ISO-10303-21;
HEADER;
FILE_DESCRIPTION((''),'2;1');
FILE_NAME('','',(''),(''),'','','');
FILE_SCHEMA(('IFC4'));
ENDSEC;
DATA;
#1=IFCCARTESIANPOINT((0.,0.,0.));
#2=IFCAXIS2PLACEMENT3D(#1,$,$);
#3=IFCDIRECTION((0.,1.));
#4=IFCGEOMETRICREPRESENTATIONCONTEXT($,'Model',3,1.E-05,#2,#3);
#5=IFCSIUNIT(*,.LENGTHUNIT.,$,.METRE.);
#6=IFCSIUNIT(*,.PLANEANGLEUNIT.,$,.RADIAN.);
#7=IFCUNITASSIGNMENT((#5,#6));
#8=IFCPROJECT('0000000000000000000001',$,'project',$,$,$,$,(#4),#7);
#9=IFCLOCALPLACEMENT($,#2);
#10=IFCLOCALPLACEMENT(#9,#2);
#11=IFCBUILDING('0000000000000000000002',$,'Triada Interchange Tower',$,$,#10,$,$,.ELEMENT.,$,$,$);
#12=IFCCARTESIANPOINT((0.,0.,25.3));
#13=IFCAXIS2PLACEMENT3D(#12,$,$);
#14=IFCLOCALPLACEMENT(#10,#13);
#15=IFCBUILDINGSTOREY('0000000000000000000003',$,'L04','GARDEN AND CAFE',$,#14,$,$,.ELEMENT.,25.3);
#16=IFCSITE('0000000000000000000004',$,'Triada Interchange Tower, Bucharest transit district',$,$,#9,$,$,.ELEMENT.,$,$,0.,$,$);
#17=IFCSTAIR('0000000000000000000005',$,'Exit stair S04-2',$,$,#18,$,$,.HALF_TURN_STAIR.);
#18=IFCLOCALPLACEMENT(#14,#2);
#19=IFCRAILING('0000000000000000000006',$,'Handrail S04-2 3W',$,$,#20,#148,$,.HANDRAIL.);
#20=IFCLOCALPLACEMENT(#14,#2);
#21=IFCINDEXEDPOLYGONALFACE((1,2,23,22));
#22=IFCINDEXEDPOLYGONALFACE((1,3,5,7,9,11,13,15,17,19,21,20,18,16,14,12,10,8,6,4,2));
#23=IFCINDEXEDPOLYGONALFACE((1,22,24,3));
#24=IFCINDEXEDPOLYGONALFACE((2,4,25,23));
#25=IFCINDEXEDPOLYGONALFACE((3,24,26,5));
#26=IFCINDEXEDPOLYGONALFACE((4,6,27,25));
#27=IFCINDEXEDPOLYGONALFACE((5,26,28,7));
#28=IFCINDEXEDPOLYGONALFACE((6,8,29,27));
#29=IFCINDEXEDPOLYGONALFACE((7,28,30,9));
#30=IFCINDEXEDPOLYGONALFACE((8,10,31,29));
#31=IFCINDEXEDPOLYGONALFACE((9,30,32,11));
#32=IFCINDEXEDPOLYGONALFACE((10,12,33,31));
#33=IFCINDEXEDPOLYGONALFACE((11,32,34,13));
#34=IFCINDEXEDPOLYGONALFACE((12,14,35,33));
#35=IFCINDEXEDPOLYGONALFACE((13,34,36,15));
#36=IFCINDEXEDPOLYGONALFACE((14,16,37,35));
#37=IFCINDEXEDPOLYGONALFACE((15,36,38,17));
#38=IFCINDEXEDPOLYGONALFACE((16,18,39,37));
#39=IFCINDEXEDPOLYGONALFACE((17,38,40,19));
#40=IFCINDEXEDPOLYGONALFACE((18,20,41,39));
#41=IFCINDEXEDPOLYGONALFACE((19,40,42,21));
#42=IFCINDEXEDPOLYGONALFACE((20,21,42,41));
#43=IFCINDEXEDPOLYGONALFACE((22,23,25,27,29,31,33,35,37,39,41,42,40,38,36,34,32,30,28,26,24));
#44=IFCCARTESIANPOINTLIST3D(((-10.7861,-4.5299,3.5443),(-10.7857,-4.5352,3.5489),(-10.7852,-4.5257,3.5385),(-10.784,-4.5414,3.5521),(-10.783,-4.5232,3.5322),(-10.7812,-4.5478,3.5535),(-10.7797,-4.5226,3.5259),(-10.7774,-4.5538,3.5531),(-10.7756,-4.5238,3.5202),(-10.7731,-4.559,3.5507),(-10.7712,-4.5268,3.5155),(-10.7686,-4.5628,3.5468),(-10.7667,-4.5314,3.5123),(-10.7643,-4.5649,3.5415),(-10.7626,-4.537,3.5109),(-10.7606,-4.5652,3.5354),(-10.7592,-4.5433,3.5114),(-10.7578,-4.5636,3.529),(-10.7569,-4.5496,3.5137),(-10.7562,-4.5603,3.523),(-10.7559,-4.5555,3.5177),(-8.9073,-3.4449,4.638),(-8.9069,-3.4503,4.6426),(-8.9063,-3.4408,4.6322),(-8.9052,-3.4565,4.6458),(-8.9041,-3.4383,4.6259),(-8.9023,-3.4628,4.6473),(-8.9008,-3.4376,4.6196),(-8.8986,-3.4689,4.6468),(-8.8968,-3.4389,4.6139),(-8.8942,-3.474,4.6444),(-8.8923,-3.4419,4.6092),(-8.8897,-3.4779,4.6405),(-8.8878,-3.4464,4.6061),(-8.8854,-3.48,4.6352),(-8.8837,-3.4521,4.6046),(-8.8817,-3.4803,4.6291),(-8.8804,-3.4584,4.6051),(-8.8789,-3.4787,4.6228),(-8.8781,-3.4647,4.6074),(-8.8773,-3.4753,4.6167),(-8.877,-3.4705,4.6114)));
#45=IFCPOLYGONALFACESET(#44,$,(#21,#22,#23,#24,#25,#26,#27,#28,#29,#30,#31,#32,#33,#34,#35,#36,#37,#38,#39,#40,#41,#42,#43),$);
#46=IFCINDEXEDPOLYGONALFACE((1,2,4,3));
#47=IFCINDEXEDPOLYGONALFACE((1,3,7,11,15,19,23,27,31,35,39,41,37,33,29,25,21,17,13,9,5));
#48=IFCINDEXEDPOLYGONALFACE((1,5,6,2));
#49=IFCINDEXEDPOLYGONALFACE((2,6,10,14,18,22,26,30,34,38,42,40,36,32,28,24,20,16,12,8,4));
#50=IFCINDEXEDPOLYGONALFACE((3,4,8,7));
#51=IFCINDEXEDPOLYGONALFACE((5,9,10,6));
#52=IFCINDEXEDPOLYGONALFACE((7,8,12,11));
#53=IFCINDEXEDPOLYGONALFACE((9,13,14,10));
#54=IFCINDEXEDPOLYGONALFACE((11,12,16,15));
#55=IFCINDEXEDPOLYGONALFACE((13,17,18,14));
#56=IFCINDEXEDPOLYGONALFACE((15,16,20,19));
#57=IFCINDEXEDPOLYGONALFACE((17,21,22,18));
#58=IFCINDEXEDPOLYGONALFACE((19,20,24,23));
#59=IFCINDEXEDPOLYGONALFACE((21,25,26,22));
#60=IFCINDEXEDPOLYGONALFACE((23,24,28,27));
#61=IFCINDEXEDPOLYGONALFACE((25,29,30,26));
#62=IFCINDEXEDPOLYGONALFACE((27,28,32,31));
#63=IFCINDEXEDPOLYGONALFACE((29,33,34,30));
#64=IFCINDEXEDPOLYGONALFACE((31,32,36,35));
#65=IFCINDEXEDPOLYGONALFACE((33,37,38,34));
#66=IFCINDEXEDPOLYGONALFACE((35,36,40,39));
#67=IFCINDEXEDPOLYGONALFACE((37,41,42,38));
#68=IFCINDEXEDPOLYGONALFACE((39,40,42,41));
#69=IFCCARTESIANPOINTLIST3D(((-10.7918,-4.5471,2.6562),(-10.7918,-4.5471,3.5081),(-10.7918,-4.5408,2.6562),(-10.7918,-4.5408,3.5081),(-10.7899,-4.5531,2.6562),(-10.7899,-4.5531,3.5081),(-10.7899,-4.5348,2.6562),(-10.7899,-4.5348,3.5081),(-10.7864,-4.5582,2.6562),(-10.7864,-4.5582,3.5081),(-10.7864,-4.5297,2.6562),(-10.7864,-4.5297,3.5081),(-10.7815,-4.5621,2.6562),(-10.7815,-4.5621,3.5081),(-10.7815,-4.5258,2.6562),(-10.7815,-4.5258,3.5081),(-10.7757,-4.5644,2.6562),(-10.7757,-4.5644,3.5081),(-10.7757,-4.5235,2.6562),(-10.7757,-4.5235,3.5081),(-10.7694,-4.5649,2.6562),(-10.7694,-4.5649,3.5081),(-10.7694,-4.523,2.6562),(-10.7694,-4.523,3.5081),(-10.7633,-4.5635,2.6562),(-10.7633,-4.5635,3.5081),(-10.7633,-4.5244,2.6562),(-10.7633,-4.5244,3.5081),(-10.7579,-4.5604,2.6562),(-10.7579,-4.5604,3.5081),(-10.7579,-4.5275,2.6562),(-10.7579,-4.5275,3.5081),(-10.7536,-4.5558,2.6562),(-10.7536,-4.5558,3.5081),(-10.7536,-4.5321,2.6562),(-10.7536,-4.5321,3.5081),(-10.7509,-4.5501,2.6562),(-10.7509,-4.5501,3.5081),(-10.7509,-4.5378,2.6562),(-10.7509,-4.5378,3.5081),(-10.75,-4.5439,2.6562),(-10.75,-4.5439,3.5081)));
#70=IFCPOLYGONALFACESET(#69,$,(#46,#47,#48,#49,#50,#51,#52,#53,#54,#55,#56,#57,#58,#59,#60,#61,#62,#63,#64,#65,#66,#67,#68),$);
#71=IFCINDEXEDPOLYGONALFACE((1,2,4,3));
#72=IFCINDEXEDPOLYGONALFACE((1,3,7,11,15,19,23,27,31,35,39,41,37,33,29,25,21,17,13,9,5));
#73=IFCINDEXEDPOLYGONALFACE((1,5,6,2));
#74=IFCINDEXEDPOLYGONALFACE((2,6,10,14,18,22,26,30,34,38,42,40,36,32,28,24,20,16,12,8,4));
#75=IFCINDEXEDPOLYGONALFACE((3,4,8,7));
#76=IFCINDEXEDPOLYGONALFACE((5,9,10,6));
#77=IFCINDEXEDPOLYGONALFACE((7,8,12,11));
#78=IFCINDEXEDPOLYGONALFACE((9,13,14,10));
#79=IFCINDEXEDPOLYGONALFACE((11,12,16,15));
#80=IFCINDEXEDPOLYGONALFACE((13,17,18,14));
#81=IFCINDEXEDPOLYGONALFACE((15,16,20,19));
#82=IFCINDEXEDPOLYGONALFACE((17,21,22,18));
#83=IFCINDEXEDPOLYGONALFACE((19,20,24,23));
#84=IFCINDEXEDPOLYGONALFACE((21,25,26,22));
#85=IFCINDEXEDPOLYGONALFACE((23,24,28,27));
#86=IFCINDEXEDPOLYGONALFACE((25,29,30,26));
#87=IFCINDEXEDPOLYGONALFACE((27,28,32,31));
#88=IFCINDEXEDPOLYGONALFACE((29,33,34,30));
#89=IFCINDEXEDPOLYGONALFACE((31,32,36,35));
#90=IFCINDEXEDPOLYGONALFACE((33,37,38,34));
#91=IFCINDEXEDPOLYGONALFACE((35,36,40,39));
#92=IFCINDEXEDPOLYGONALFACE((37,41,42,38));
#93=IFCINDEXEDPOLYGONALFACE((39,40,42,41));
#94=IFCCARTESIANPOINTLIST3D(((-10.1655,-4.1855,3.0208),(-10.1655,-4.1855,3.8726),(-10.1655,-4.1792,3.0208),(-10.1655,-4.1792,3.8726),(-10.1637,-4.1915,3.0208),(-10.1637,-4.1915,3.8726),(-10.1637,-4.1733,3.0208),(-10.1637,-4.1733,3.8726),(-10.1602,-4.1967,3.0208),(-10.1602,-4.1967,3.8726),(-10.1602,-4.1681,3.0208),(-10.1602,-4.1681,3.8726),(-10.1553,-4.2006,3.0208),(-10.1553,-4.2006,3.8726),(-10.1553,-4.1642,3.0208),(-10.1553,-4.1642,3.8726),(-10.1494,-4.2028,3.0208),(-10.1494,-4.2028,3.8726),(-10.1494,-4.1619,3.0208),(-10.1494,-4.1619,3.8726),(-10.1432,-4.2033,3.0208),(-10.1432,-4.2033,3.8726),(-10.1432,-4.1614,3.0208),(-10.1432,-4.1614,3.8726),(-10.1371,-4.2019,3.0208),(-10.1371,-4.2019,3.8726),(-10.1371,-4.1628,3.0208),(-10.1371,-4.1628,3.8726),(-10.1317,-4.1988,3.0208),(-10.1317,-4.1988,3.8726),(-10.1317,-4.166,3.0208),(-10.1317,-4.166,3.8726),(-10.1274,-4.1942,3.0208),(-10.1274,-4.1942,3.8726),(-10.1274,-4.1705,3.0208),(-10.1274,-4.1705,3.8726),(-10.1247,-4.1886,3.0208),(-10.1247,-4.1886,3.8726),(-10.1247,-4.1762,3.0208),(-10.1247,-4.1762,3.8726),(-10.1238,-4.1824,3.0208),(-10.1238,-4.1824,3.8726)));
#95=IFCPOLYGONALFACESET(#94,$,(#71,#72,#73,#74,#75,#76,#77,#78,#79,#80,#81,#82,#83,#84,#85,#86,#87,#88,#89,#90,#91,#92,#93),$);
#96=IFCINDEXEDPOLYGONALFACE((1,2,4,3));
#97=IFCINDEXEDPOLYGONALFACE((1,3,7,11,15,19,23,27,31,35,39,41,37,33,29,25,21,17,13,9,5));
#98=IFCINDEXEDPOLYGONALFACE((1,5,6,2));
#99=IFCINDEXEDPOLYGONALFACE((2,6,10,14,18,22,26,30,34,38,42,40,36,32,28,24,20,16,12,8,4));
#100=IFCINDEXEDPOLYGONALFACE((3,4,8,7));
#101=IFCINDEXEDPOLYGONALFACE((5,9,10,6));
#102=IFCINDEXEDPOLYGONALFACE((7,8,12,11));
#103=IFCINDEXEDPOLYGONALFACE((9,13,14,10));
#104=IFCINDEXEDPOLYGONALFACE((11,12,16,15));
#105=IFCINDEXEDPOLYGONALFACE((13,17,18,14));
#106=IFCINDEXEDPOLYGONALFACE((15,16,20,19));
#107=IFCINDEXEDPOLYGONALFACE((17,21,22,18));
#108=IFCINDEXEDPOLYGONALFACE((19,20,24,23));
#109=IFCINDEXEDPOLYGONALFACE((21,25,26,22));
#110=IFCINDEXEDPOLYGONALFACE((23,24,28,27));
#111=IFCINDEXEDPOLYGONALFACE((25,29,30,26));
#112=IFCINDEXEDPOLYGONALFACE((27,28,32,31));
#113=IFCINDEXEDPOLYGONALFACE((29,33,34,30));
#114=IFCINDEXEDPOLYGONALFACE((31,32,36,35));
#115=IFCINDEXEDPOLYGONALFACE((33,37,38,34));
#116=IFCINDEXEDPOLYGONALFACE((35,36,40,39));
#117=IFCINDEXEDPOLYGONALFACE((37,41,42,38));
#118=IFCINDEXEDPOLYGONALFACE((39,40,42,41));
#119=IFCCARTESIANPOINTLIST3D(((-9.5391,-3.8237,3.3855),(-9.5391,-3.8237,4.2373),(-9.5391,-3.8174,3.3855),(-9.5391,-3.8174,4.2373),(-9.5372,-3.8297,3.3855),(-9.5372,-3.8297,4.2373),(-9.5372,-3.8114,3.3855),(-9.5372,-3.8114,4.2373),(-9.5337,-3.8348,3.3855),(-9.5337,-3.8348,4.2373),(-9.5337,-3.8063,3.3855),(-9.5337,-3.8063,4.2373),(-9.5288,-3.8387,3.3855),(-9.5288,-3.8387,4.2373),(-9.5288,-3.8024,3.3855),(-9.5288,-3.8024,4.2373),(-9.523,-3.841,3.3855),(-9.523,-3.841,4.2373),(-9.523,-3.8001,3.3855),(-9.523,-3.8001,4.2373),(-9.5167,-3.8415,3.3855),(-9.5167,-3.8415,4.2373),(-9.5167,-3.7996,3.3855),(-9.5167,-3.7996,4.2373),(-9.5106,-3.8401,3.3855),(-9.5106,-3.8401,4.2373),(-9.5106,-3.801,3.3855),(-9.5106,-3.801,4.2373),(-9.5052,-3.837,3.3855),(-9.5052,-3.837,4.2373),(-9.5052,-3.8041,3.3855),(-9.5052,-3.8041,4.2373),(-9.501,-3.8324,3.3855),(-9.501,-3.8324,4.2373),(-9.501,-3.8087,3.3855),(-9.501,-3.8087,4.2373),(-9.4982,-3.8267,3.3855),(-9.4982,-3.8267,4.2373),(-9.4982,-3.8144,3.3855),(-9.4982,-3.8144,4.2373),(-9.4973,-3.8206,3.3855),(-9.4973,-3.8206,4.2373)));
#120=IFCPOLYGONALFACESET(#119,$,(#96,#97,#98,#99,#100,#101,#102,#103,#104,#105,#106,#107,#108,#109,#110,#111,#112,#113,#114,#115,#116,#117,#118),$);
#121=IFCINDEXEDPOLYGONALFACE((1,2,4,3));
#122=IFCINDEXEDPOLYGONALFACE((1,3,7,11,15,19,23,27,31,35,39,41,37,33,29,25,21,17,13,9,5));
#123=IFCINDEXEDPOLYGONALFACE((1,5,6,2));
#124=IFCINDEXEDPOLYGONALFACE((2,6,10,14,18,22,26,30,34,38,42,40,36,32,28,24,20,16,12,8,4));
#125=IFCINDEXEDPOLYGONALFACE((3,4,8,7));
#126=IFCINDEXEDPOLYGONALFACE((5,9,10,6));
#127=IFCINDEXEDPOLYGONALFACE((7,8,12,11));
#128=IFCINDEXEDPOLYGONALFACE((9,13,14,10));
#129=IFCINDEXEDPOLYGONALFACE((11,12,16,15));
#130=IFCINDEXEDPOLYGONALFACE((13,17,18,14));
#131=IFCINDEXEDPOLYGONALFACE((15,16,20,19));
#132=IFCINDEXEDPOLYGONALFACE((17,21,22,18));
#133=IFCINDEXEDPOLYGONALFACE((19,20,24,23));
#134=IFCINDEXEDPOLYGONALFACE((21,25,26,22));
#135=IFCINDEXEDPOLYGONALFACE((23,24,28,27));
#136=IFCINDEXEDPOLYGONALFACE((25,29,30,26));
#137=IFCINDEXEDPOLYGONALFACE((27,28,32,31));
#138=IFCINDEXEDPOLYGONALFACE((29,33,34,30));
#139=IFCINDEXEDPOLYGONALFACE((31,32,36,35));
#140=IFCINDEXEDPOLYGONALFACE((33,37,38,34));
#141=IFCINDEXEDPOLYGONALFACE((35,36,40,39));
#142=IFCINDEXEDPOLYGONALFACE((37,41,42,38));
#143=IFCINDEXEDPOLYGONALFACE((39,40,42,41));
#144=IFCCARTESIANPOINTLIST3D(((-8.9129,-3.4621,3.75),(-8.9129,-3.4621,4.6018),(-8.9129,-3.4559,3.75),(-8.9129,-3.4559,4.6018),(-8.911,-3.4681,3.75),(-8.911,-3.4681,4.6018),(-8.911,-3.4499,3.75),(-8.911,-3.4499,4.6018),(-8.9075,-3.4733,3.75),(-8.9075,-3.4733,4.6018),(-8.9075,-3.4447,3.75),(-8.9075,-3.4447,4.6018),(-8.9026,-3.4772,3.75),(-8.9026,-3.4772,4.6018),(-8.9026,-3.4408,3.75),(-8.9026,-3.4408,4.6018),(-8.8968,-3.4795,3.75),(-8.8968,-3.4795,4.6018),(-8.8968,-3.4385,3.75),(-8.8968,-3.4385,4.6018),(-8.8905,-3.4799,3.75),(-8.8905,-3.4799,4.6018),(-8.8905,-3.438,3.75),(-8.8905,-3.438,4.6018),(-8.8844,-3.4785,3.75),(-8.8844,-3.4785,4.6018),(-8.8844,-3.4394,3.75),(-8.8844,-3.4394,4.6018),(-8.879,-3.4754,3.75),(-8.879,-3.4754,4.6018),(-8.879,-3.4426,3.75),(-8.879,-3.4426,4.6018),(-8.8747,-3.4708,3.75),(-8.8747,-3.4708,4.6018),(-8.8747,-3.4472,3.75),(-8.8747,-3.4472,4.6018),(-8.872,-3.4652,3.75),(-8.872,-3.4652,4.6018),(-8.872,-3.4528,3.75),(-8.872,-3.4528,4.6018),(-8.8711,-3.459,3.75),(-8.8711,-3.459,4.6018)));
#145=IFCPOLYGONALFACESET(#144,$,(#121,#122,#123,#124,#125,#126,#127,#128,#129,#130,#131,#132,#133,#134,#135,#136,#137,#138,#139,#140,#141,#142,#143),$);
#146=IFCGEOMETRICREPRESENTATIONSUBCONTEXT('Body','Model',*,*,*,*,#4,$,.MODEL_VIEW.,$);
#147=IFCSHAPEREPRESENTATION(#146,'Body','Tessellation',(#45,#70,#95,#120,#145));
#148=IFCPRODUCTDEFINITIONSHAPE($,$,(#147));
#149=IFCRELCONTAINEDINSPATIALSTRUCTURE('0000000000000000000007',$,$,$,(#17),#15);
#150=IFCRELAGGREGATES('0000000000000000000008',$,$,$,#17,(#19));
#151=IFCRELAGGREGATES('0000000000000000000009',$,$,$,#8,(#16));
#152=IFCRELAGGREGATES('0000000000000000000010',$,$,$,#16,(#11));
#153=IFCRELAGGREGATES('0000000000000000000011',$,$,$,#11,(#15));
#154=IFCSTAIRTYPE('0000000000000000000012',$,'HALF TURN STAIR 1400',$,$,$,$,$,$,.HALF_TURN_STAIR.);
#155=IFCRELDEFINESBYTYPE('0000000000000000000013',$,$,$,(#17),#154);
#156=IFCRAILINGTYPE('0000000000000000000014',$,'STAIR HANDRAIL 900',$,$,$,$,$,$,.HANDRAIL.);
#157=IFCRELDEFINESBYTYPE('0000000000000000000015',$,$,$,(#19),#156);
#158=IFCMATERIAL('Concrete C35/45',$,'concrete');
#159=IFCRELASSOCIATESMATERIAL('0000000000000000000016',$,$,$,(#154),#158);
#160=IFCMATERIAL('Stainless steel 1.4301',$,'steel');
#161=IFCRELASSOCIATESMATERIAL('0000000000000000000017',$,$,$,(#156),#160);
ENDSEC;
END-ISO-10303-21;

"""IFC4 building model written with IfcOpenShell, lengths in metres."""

from ifc_helpers import new_model, si_unit, direction, frame, origin, origin_2d, place, context, subcontext, project, spatial, circle, extrude, material, type_object, element, aggregate, save


model = new_model("IFC4")

# Units and contexts
model_context = context("Model", 3, precision=1e-05, world=origin(), true_north=direction((0.0, 1.0)))
body_context = subcontext(model_context, "Body", "Model", "MODEL_VIEW")
ifc_project = project(units=[si_unit("LENGTHUNIT", "METRE"), si_unit("PLANEANGLEUNIT", "RADIAN")], contexts=[model_context])

# Site, building, storey
site_placement = place(None, origin())
site = spatial("IfcSite", under=ifc_project, at=site_placement, Name="Triada Interchange Tower, Bucharest transit district", CompositionType="ELEMENT", RefElevation=0.0)
building_placement = place(site_placement, origin())
building = spatial("IfcBuilding", under=site, at=building_placement, Name="Triada Interchange Tower", CompositionType="ELEMENT")
storey_placement = place(building_placement, frame((0.0, 0.0, 25.3)))
storey = spatial("IfcBuildingStorey", under=building, at=storey_placement, Name="L04", Description="GARDEN AND CAFE", CompositionType="ELEMENT", Elevation=25.3)

# Shared definitions
ifc_material_1 = material(Name="Concrete C35/45", Category="concrete")

# Stair, railing
stair_type = type_object("IfcStairType", Name="HALF TURN STAIR 1400", PredefinedType="HALF_TURN_STAIR", material=ifc_material_1)
stair_placement = place(storey_placement, origin())
stair = element("IfcStair", 1, at=stair_placement, inside=storey, type_object=stair_type, Name="Exit stair S04-2", PredefinedType="HALF_TURN_STAIR")
ifc_material_2 = material(Name="Stainless steel 1.4301", Category="steel")
railing_type = type_object("IfcRailingType", Name="STAIR HANDRAIL 900", PredefinedType="HANDRAIL", material=ifc_material_2)
railing_1_placement = place(storey_placement, frame((-10.771, -4.5439, 2.6562)))
railing_1 = element("IfcRailing", 2, at=railing_1_placement, type_object=railing_type, Name="Handrail S04-2 3W", PredefinedType="HANDRAIL", context=body_context, shape_type="SweptSolid", body=[
    extrude(circle(Radius=0.0239, at=origin_2d()), frame((0.0, 0.0, 0.876), z_axis=(0.77329, 0.446531, 0.450148), x_axis=(-0.50006, 0.865991, 0.0)), (0.0, 0.0, 1.0), 2.4297),
    extrude(circle(Radius=0.021, at=origin_2d()), origin(), (0.0, 0.0, 1.0), 0.8518),
    extrude(circle(Radius=0.021, at=origin_2d()), frame((0.6262, 0.3616, 0.3645)), (0.0, 0.0, 1.0), 0.8518),
    extrude(circle(Radius=0.021, at=origin_2d()), frame((1.2527, 0.7234, 0.7292)), (0.0, 0.0, 1.0), 0.8518),
    extrude(circle(Radius=0.021, at=origin_2d()), frame((1.8789, 1.085, 1.0938)), (0.0, 0.0, 1.0), 0.8518),
])
aggregate(stair, [railing_1])

save(model, "model.ifc")
